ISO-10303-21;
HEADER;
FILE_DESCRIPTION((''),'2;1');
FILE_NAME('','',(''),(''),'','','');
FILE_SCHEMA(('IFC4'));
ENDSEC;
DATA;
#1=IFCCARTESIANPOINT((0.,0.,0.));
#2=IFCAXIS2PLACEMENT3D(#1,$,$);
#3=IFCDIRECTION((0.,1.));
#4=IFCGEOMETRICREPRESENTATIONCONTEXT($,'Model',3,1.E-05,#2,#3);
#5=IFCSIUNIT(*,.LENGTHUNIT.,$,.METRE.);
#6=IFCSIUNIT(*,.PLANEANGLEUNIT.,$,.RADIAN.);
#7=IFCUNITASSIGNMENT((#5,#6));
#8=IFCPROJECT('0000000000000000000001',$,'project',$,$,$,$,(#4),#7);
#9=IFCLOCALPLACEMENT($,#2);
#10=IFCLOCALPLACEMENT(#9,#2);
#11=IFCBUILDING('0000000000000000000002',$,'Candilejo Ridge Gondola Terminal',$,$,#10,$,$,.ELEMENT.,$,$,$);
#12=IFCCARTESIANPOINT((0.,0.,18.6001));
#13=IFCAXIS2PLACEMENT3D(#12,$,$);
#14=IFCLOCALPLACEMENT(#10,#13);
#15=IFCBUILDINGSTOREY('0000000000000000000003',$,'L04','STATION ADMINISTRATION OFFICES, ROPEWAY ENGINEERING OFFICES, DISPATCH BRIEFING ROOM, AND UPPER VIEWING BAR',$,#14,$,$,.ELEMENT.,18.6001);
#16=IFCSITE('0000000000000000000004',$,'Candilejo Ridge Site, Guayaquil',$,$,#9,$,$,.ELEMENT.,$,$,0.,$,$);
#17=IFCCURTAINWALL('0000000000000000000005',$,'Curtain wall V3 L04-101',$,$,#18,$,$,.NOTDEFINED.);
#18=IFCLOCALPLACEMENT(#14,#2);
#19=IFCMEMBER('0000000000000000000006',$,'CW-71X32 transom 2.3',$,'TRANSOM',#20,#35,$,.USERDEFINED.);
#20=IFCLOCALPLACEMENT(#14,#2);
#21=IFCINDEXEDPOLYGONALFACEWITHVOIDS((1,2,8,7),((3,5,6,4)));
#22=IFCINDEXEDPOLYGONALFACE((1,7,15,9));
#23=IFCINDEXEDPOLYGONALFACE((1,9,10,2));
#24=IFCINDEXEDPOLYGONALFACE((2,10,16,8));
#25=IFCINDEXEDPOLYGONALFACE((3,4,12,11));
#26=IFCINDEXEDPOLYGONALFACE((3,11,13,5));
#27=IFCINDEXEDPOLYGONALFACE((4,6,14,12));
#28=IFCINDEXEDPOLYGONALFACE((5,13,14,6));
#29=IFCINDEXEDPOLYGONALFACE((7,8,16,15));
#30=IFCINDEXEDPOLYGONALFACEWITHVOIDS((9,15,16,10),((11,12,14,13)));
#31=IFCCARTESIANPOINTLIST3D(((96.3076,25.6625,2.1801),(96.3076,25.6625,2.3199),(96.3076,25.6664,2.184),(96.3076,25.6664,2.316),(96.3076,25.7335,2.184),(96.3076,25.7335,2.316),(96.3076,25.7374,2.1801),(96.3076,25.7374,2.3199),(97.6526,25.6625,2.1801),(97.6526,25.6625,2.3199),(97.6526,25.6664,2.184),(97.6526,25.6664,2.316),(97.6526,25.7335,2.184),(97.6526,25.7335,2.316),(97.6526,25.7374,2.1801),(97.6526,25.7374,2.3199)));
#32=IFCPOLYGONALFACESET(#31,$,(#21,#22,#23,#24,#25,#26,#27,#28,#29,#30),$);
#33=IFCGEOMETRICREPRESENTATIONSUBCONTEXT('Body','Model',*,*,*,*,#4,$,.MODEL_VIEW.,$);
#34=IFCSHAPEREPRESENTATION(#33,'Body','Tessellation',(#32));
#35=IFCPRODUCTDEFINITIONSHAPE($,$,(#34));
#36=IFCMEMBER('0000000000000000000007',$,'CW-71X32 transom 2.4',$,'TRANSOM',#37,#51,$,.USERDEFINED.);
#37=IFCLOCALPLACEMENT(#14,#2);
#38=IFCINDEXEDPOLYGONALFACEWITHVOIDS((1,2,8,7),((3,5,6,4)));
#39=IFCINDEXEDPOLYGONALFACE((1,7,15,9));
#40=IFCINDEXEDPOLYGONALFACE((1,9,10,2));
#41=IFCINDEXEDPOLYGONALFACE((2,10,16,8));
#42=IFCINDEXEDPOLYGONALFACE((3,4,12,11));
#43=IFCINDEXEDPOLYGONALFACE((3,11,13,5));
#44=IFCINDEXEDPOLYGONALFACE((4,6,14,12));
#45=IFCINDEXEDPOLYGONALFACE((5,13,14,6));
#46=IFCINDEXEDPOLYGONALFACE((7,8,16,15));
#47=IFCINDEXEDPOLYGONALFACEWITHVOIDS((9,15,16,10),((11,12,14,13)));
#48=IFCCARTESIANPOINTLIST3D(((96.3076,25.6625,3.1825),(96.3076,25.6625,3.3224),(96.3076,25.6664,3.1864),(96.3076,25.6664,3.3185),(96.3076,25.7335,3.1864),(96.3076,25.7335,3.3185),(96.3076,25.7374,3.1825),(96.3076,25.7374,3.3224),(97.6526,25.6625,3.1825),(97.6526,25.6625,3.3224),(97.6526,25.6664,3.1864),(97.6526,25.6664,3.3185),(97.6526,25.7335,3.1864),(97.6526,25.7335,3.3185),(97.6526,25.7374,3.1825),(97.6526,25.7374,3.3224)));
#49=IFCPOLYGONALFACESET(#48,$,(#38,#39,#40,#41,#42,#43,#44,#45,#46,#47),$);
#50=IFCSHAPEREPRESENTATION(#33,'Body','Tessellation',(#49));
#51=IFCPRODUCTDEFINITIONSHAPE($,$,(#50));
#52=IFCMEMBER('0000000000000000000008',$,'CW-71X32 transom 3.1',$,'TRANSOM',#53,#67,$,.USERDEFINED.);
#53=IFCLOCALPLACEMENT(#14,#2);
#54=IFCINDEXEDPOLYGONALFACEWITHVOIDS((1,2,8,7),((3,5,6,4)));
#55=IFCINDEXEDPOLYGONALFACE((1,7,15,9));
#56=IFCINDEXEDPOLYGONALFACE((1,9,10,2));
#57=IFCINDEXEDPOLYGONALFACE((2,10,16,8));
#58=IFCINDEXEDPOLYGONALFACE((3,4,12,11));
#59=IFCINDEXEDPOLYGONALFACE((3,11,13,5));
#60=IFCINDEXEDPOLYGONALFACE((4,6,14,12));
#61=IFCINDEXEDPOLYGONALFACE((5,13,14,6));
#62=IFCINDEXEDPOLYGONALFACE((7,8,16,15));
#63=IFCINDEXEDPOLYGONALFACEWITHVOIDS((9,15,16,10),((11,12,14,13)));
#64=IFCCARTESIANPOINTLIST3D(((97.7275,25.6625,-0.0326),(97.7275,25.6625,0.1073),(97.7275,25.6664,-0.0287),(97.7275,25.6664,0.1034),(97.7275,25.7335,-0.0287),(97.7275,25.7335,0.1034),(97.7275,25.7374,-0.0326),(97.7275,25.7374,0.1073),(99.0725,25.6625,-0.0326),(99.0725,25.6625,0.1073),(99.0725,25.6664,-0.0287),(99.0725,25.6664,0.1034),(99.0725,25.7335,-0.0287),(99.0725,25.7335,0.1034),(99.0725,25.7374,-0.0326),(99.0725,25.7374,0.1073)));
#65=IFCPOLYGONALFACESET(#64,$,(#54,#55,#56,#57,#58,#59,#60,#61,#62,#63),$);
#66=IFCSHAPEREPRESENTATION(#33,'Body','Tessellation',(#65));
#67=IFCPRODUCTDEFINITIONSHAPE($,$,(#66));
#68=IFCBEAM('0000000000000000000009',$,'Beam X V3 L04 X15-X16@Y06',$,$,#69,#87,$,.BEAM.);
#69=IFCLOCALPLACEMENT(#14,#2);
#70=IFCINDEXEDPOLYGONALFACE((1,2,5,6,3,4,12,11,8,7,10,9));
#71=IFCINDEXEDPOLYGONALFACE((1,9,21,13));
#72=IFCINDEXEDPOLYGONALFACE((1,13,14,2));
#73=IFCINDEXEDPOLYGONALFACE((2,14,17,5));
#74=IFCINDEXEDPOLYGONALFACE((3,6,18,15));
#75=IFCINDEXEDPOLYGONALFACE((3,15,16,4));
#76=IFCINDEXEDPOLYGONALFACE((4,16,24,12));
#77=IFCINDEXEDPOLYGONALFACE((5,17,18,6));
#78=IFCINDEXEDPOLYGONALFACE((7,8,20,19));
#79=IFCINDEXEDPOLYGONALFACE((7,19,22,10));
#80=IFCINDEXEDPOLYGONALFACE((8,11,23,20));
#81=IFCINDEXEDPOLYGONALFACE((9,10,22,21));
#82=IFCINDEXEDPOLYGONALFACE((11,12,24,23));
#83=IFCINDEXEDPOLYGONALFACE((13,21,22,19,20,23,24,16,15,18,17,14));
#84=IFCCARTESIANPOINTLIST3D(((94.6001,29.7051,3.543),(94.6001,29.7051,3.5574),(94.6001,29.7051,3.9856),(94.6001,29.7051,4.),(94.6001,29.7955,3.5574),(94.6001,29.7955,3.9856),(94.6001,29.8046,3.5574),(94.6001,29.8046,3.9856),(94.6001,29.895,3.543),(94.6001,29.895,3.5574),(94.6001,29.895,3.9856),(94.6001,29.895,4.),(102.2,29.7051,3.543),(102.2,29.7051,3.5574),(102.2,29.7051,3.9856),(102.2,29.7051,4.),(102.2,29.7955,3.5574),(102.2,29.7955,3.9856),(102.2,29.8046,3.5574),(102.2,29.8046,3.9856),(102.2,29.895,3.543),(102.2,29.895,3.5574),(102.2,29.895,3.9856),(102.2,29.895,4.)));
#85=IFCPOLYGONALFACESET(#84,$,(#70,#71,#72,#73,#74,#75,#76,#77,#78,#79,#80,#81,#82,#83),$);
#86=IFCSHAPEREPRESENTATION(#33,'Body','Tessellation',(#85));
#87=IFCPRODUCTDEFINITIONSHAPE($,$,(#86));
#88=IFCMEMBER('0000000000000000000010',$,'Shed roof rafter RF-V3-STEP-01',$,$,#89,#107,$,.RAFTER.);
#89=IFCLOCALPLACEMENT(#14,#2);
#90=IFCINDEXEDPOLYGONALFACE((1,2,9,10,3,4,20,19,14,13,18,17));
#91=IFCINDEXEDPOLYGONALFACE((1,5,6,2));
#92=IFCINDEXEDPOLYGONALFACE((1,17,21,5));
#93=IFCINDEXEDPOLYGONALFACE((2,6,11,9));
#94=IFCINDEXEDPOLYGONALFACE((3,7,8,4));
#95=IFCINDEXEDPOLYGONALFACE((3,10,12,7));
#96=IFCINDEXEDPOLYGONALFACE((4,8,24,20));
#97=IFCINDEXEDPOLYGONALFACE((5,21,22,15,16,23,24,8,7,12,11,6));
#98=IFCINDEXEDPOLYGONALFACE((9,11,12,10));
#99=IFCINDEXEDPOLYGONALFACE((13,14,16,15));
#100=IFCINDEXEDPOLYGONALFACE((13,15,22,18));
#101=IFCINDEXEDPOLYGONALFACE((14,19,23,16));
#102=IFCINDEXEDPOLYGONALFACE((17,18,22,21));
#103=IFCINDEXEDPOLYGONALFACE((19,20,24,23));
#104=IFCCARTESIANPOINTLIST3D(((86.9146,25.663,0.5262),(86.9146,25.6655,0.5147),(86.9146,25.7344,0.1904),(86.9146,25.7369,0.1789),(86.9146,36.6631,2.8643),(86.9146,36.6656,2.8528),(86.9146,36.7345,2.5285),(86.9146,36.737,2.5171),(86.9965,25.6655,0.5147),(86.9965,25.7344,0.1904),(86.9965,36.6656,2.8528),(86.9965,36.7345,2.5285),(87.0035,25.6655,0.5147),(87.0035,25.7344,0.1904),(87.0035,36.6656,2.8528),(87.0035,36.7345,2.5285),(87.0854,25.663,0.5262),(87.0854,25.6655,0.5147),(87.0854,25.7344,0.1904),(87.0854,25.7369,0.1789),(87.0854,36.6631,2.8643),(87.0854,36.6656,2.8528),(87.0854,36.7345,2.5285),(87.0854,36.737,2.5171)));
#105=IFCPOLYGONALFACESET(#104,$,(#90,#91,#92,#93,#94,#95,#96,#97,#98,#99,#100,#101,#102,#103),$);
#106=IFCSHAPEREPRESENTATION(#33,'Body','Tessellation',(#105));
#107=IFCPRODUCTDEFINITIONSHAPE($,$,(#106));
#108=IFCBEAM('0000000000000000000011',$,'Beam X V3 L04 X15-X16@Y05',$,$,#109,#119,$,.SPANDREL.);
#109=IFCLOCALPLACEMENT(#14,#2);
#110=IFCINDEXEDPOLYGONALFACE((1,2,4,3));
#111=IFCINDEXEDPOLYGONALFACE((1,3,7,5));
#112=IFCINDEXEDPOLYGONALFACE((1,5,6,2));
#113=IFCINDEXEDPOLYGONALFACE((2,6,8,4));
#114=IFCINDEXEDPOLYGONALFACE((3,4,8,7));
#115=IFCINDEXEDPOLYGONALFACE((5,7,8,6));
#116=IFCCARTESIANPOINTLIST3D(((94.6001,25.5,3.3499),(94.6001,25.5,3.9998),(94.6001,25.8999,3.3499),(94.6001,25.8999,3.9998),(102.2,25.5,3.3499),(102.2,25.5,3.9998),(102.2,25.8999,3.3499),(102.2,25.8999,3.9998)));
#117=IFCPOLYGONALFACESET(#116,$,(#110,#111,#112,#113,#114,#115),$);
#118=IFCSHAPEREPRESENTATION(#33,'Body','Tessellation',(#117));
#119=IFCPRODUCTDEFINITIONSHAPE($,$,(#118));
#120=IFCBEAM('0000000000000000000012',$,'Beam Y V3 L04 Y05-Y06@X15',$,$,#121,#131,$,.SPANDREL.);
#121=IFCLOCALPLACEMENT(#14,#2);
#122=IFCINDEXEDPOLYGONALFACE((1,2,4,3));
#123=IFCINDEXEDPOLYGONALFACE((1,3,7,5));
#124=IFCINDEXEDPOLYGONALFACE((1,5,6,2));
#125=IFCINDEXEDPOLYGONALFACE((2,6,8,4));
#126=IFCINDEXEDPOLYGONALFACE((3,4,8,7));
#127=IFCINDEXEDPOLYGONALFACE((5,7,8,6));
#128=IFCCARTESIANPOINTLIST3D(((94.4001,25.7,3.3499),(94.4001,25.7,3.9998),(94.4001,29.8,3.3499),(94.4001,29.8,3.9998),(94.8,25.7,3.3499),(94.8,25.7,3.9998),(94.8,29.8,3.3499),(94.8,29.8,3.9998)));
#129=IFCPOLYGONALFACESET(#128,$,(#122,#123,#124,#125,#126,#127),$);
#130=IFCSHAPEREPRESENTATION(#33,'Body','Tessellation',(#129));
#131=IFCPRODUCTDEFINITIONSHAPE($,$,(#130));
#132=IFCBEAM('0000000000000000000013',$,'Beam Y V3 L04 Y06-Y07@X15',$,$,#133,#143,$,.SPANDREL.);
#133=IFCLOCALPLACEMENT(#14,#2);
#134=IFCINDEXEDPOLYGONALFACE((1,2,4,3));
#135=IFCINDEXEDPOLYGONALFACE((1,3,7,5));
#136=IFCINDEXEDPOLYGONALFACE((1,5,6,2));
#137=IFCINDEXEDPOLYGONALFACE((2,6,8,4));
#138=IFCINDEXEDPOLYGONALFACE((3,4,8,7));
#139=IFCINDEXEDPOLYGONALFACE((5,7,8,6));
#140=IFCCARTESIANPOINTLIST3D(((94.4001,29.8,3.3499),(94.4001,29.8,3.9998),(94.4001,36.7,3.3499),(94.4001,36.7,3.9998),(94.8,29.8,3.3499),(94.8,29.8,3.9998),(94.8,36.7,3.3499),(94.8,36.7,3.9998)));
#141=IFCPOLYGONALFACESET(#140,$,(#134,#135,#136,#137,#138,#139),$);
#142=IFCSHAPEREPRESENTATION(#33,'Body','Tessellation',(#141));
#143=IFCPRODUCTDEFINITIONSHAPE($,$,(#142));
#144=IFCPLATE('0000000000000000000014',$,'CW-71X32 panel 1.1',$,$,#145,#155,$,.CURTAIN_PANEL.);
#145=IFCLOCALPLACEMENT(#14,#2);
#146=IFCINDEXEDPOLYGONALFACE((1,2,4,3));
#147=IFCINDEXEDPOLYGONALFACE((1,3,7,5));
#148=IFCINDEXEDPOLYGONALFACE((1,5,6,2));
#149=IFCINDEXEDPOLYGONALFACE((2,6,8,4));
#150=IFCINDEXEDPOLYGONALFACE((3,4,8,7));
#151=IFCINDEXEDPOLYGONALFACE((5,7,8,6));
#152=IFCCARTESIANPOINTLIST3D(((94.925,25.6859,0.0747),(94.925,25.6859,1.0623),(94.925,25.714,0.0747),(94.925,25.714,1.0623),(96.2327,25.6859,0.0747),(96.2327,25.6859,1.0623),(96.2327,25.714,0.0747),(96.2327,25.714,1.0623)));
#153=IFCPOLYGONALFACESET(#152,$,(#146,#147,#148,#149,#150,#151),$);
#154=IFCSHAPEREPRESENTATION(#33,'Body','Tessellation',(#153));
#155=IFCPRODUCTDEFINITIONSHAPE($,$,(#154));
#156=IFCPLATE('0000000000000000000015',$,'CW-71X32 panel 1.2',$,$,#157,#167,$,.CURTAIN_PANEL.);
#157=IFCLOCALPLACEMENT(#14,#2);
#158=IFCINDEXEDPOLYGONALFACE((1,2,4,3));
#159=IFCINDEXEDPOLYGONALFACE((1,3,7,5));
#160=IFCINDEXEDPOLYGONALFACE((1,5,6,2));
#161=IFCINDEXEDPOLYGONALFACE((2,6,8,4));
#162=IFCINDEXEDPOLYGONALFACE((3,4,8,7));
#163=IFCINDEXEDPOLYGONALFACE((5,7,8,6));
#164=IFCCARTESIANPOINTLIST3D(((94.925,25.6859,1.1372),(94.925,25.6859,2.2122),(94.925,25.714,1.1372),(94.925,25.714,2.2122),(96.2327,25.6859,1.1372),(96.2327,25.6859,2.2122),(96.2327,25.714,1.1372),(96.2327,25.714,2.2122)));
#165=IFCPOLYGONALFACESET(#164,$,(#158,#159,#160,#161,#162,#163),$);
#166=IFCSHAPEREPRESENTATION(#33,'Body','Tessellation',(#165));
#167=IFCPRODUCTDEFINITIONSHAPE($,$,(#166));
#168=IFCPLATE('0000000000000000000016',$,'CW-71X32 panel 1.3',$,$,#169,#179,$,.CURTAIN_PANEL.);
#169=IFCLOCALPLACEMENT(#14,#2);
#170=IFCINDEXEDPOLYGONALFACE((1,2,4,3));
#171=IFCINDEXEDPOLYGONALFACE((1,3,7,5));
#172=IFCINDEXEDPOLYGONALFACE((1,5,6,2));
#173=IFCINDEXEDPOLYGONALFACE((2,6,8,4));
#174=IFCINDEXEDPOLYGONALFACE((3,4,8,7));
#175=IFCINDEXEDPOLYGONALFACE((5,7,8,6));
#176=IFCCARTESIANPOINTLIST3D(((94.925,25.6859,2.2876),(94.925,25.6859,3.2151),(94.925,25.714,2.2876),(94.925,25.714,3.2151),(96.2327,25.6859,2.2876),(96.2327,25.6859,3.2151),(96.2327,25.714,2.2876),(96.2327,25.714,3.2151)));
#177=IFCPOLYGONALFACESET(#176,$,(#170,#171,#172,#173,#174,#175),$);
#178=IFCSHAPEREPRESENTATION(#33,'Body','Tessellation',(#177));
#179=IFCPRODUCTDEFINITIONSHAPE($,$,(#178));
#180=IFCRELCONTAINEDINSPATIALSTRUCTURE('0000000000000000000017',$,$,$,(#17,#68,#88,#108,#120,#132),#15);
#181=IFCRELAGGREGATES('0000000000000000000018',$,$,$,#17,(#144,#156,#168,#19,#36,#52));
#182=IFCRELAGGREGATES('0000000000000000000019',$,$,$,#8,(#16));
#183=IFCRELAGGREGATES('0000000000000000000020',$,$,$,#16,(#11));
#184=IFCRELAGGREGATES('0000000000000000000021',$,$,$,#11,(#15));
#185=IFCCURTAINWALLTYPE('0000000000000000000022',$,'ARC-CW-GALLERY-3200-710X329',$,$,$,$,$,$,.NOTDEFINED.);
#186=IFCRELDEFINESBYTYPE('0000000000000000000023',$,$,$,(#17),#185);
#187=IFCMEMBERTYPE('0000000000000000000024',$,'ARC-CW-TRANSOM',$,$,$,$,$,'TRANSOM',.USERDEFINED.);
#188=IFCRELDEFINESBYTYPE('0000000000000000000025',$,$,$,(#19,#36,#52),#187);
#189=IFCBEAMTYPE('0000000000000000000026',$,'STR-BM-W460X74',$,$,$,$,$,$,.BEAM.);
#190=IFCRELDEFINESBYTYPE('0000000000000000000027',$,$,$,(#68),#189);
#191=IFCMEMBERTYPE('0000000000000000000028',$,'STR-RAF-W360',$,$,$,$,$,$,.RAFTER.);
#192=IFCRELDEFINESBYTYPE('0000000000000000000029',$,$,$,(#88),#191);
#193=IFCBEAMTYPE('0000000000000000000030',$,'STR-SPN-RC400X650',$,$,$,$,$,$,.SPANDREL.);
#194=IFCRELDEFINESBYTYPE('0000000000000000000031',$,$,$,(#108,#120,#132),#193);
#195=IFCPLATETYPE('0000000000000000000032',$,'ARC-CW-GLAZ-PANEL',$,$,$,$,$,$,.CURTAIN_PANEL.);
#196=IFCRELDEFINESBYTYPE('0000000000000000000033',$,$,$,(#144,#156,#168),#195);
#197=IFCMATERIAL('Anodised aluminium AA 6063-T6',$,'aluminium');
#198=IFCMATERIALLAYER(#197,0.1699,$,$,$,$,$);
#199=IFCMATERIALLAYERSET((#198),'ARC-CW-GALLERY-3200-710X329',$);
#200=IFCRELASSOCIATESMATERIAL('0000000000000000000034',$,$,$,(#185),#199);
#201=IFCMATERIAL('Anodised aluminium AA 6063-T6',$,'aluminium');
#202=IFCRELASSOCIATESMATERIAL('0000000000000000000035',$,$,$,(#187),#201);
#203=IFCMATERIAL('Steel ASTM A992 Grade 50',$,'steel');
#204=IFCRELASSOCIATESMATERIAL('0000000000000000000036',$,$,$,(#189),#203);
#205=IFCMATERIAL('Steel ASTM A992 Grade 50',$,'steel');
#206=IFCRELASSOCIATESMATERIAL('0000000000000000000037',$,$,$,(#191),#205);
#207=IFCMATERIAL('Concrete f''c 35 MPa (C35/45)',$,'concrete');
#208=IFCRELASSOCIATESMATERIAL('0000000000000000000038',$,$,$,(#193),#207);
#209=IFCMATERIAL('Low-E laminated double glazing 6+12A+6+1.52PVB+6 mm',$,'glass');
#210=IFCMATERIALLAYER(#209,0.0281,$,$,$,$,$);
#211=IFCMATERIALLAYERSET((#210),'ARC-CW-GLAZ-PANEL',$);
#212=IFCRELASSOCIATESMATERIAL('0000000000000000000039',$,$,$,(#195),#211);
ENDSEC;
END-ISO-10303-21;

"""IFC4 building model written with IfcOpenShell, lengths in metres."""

from ifc_helpers import new_model, si_unit, direction, frame, origin, origin_2d, place, context, subcontext, project, spatial, rectangle, hollow_rectangle, i_section, extrude, material, layer, layer_set, material_profile, profile_set, type_object, element, aggregate, save


model = new_model("IFC4")

# Units and contexts
model_context = context("Model", 3, precision=1e-05, world=origin(), true_north=direction((0.0, 1.0)))
body_context = subcontext(model_context, "Body", "Model", "MODEL_VIEW")
ifc_project = project(units=[si_unit("LENGTHUNIT", "METRE"), si_unit("PLANEANGLEUNIT", "RADIAN")], contexts=[model_context])

# Site, building, storey
site_placement = place(None, origin())
site = spatial("IfcSite", under=ifc_project, at=site_placement, Name="Candilejo Ridge Site, Guayaquil", CompositionType="ELEMENT", RefElevation=0.0)
building_placement = place(site_placement, origin())
building = spatial("IfcBuilding", under=site, at=building_placement, Name="Candilejo Ridge Gondola Terminal", CompositionType="ELEMENT")
storey_placement = place(building_placement, frame((0.0, 0.0, 18.6001)))
storey = spatial("IfcBuildingStorey", under=building, at=storey_placement, Name="L04", Description="STATION ADMINISTRATION OFFICES, ROPEWAY ENGINEERING OFFICES, DISPATCH BRIEFING ROOM, AND UPPER VIEWING BAR", CompositionType="ELEMENT", Elevation=18.6001)

# Curtain wall, members
ifc_material_1 = material(Name="Anodised aluminium AA 6063-T6", Category="aluminium")
ifc_layer_1 = layer(ifc_material_1, 0.1699)
ifc_layer_set_1 = layer_set([ifc_layer_1], Name="ARC-CW-GALLERY-3200-710X329")
curtain_wall_type = type_object("IfcCurtainWallType", Name="ARC-CW-GALLERY-3200-710X329", PredefinedType="NOTDEFINED", material=ifc_layer_set_1)
curtain_wall_placement = place(storey_placement, origin())
curtain_wall = element("IfcCurtainWall", 1, at=curtain_wall_placement, inside=storey, type_object=curtain_wall_type, Name="Curtain wall V3 L04-101", PredefinedType="NOTDEFINED")
ifc_material_2 = material(Name="Anodised aluminium AA 6063-T6", Category="aluminium")
ifc_material_profile_1 = material_profile(ifc_material_2, hollow_rectangle(XDim=0.075, YDim=0.1399, WallThickness=0.0039, at=origin_2d()))
ifc_profile_set_1 = profile_set([ifc_material_profile_1], Name="Anodised aluminium AA 6063-T6")
member_type_1 = type_object("IfcMemberType", Name="ARC-CW-TRANSOM", ElementType="TRANSOM", PredefinedType="USERDEFINED", material=ifc_profile_set_1)
member_1_placement = place(storey_placement, frame((96.3076, 25.7, 2.25), z_axis=(1.0, 0.0, 0.0), x_axis=(0.0, 1.0, 0.0)))
member_1 = element("IfcMember", 2, at=member_1_placement, type_object=member_type_1, Name="CW-71X32 transom 2.3", ObjectType="TRANSOM", PredefinedType="USERDEFINED", context=body_context, shape_type="SweptSolid", body=[
    extrude(hollow_rectangle(XDim=0.075, YDim=0.1399, WallThickness=0.0039, at=origin_2d()), origin(), (0.0, 0.0, 1.0), 1.345),
])
member_2_placement = place(storey_placement, frame((96.3076, 25.7, 3.2524), z_axis=(1.0, 0.0, 0.0), x_axis=(0.0, 1.0, 0.0)))
member_2 = element("IfcMember", 3, at=member_2_placement, type_object=member_type_1, Name="CW-71X32 transom 2.4", ObjectType="TRANSOM", PredefinedType="USERDEFINED", context=body_context, shape_type="SweptSolid", body=[
    extrude(hollow_rectangle(XDim=0.075, YDim=0.1399, WallThickness=0.0039, at=origin_2d()), origin(), (0.0, 0.0, 1.0), 1.345),
])
member_3_placement = place(storey_placement, frame((97.7275, 25.7, 0.0374), z_axis=(1.0, 0.0, 0.0), x_axis=(0.0, 1.0, 0.0)))
member_3 = element("IfcMember", 4, at=member_3_placement, type_object=member_type_1, Name="CW-71X32 transom 3.1", ObjectType="TRANSOM", PredefinedType="USERDEFINED", context=body_context, shape_type="SweptSolid", body=[
    extrude(hollow_rectangle(XDim=0.075, YDim=0.1399, WallThickness=0.0039, at=origin_2d()), origin(), (0.0, 0.0, 1.0), 1.345),
])

# Beam
ifc_material_3 = material(Name="Steel ASTM A992 Grade 50", Category="steel")
ifc_material_profile_2 = material_profile(ifc_material_3, i_section(OverallWidth=0.1899, OverallDepth=0.457, WebThickness=0.009, FlangeThickness=0.0144, at=origin_2d()))
ifc_profile_set_2 = profile_set([ifc_material_profile_2], Name="Steel ASTM A992 Grade 50")
beam_type_1 = type_object("IfcBeamType", Name="STR-BM-W460X74", PredefinedType="BEAM", material=ifc_profile_set_2)
beam_1_placement = place(storey_placement, frame((94.6001, 29.8, 3.7715), z_axis=(1.0, 0.0, 0.0), x_axis=(0.0, 1.0, 0.0)))
element("IfcBeam", 5, at=beam_1_placement, inside=storey, type_object=beam_type_1, Name="Beam X V3 L04 X15-X16@Y06", PredefinedType="BEAM", context=body_context, shape_type="SweptSolid", body=[
    extrude(i_section(OverallWidth=0.1899, OverallDepth=0.457, WebThickness=0.009, FlangeThickness=0.0144, at=origin_2d()), origin(), (0.0, 0.0, 1.0), 7.5999),
])

# Member
ifc_material_4 = material(Name="Steel ASTM A992 Grade 50", Category="steel")
ifc_material_profile_3 = material_profile(ifc_material_4, i_section(OverallWidth=0.1709, OverallDepth=0.355, WebThickness=0.0071, FlangeThickness=0.0117, at=origin_2d()))
ifc_profile_set_3 = profile_set([ifc_material_profile_3], Name="Steel ASTM A992 Grade 50")
member_type_2 = type_object("IfcMemberType", Name="STR-RAF-W360", PredefinedType="RAFTER", material=ifc_profile_set_3)
member_4_placement = place(storey_placement, frame((87.0, 25.7, 0.3525), z_axis=(0.0, 0.978147, 0.207913), x_axis=(-1.0, 0.0, 0.0)))
element("IfcMember", 6, at=member_4_placement, inside=storey, type_object=member_type_2, Name="Shed roof rafter RF-V3-STEP-01", PredefinedType="RAFTER", context=body_context, shape_type="SweptSolid", body=[
    extrude(i_section(OverallWidth=0.1709, OverallDepth=0.355, WebThickness=0.0071, FlangeThickness=0.0117, at=origin_2d()), origin(), (0.0, 0.0, 1.0), 11.2458),
])

# Beams
ifc_material_5 = material(Name="Concrete f'c 35 MPa (C35/45)", Category="concrete")
ifc_material_profile_4 = material_profile(ifc_material_5, rectangle(XDim=0.3999, YDim=0.6499, at=origin_2d()))
ifc_profile_set_4 = profile_set([ifc_material_profile_4], Name="Concrete f'c 35 MPa (C35/45)")
beam_type_2 = type_object("IfcBeamType", Name="STR-SPN-RC400X650", PredefinedType="SPANDREL", material=ifc_profile_set_4)
beam_2_placement = place(storey_placement, frame((94.6001, 25.7, 3.6748), z_axis=(1.0, 0.0, 0.0), x_axis=(0.0, 1.0, 0.0)))
element("IfcBeam", 7, at=beam_2_placement, inside=storey, type_object=beam_type_2, Name="Beam X V3 L04 X15-X16@Y05", PredefinedType="SPANDREL", context=body_context, shape_type="SweptSolid", body=[
    extrude(rectangle(XDim=0.3999, YDim=0.6499, at=origin_2d()), origin(), (0.0, 0.0, 1.0), 7.5999),
])
beam_3_placement = place(storey_placement, frame((94.6001, 25.7, 3.6748), z_axis=(0.0, 1.0, 0.0), x_axis=(-1.0, 0.0, 0.0)))
element("IfcBeam", 8, at=beam_3_placement, inside=storey, type_object=beam_type_2, Name="Beam Y V3 L04 Y05-Y06@X15", PredefinedType="SPANDREL", context=body_context, shape_type="SweptSolid", body=[
    extrude(rectangle(XDim=0.3999, YDim=0.6499, at=origin_2d()), origin(), (0.0, 0.0, 1.0), 4.1001),
])
beam_4_placement = place(storey_placement, frame((94.6001, 29.8, 3.6748), z_axis=(0.0, 1.0, 0.0), x_axis=(-1.0, 0.0, 0.0)))
element("IfcBeam", 9, at=beam_4_placement, inside=storey, type_object=beam_type_2, Name="Beam Y V3 L04 Y06-Y07@X15", PredefinedType="SPANDREL", context=body_context, shape_type="SweptSolid", body=[
    extrude(rectangle(XDim=0.3999, YDim=0.6499, at=origin_2d()), origin(), (0.0, 0.0, 1.0), 6.8999),
])

# Plates
ifc_material_6 = material(Name="Low-E laminated double glazing 6+12A+6+1.52PVB+6 mm", Category="glass")
ifc_layer_2 = layer(ifc_material_6, 0.0281)
ifc_layer_set_2 = layer_set([ifc_layer_2], Name="ARC-CW-GLAZ-PANEL")
plate_type = type_object("IfcPlateType", Name="ARC-CW-GLAZ-PANEL", PredefinedType="CURTAIN_PANEL", material=ifc_layer_set_2)
plate_1_placement = place(storey_placement, frame((95.5789, 25.7, 0.0747), z_axis=(0.0, 0.0, 1.0), x_axis=(1.0, 0.0, 0.0)))
plate_1 = element("IfcPlate", 10, at=plate_1_placement, type_object=plate_type, Name="CW-71X32 panel 1.1", PredefinedType="CURTAIN_PANEL", context=body_context, shape_type="SweptSolid", body=[
    extrude(rectangle(XDim=1.3076, YDim=0.0281, at=origin_2d()), origin(), (0.0, 0.0, 1.0), 0.9875),
])
plate_2_placement = place(storey_placement, frame((95.5789, 25.7, 1.1372), z_axis=(0.0, 0.0, 1.0), x_axis=(1.0, 0.0, 0.0)))
plate_2 = element("IfcPlate", 11, at=plate_2_placement, type_object=plate_type, Name="CW-71X32 panel 1.2", PredefinedType="CURTAIN_PANEL", context=body_context, shape_type="SweptSolid", body=[
    extrude(rectangle(XDim=1.3076, YDim=0.0281, at=origin_2d()), origin(), (0.0, 0.0, 1.0), 1.075),
])
plate_3_placement = place(storey_placement, frame((95.5789, 25.7, 2.2876), z_axis=(0.0, 0.0, 1.0), x_axis=(1.0, 0.0, 0.0)))
plate_3 = element("IfcPlate", 12, at=plate_3_placement, type_object=plate_type, Name="CW-71X32 panel 1.3", PredefinedType="CURTAIN_PANEL", context=body_context, shape_type="SweptSolid", body=[
    extrude(rectangle(XDim=1.3076, YDim=0.0281, at=origin_2d()), origin(), (0.0, 0.0, 1.0), 0.9275),
])
aggregate(curtain_wall, [plate_1, plate_2, plate_3, member_1, member_2, member_3])

save(model, "model.ifc")
